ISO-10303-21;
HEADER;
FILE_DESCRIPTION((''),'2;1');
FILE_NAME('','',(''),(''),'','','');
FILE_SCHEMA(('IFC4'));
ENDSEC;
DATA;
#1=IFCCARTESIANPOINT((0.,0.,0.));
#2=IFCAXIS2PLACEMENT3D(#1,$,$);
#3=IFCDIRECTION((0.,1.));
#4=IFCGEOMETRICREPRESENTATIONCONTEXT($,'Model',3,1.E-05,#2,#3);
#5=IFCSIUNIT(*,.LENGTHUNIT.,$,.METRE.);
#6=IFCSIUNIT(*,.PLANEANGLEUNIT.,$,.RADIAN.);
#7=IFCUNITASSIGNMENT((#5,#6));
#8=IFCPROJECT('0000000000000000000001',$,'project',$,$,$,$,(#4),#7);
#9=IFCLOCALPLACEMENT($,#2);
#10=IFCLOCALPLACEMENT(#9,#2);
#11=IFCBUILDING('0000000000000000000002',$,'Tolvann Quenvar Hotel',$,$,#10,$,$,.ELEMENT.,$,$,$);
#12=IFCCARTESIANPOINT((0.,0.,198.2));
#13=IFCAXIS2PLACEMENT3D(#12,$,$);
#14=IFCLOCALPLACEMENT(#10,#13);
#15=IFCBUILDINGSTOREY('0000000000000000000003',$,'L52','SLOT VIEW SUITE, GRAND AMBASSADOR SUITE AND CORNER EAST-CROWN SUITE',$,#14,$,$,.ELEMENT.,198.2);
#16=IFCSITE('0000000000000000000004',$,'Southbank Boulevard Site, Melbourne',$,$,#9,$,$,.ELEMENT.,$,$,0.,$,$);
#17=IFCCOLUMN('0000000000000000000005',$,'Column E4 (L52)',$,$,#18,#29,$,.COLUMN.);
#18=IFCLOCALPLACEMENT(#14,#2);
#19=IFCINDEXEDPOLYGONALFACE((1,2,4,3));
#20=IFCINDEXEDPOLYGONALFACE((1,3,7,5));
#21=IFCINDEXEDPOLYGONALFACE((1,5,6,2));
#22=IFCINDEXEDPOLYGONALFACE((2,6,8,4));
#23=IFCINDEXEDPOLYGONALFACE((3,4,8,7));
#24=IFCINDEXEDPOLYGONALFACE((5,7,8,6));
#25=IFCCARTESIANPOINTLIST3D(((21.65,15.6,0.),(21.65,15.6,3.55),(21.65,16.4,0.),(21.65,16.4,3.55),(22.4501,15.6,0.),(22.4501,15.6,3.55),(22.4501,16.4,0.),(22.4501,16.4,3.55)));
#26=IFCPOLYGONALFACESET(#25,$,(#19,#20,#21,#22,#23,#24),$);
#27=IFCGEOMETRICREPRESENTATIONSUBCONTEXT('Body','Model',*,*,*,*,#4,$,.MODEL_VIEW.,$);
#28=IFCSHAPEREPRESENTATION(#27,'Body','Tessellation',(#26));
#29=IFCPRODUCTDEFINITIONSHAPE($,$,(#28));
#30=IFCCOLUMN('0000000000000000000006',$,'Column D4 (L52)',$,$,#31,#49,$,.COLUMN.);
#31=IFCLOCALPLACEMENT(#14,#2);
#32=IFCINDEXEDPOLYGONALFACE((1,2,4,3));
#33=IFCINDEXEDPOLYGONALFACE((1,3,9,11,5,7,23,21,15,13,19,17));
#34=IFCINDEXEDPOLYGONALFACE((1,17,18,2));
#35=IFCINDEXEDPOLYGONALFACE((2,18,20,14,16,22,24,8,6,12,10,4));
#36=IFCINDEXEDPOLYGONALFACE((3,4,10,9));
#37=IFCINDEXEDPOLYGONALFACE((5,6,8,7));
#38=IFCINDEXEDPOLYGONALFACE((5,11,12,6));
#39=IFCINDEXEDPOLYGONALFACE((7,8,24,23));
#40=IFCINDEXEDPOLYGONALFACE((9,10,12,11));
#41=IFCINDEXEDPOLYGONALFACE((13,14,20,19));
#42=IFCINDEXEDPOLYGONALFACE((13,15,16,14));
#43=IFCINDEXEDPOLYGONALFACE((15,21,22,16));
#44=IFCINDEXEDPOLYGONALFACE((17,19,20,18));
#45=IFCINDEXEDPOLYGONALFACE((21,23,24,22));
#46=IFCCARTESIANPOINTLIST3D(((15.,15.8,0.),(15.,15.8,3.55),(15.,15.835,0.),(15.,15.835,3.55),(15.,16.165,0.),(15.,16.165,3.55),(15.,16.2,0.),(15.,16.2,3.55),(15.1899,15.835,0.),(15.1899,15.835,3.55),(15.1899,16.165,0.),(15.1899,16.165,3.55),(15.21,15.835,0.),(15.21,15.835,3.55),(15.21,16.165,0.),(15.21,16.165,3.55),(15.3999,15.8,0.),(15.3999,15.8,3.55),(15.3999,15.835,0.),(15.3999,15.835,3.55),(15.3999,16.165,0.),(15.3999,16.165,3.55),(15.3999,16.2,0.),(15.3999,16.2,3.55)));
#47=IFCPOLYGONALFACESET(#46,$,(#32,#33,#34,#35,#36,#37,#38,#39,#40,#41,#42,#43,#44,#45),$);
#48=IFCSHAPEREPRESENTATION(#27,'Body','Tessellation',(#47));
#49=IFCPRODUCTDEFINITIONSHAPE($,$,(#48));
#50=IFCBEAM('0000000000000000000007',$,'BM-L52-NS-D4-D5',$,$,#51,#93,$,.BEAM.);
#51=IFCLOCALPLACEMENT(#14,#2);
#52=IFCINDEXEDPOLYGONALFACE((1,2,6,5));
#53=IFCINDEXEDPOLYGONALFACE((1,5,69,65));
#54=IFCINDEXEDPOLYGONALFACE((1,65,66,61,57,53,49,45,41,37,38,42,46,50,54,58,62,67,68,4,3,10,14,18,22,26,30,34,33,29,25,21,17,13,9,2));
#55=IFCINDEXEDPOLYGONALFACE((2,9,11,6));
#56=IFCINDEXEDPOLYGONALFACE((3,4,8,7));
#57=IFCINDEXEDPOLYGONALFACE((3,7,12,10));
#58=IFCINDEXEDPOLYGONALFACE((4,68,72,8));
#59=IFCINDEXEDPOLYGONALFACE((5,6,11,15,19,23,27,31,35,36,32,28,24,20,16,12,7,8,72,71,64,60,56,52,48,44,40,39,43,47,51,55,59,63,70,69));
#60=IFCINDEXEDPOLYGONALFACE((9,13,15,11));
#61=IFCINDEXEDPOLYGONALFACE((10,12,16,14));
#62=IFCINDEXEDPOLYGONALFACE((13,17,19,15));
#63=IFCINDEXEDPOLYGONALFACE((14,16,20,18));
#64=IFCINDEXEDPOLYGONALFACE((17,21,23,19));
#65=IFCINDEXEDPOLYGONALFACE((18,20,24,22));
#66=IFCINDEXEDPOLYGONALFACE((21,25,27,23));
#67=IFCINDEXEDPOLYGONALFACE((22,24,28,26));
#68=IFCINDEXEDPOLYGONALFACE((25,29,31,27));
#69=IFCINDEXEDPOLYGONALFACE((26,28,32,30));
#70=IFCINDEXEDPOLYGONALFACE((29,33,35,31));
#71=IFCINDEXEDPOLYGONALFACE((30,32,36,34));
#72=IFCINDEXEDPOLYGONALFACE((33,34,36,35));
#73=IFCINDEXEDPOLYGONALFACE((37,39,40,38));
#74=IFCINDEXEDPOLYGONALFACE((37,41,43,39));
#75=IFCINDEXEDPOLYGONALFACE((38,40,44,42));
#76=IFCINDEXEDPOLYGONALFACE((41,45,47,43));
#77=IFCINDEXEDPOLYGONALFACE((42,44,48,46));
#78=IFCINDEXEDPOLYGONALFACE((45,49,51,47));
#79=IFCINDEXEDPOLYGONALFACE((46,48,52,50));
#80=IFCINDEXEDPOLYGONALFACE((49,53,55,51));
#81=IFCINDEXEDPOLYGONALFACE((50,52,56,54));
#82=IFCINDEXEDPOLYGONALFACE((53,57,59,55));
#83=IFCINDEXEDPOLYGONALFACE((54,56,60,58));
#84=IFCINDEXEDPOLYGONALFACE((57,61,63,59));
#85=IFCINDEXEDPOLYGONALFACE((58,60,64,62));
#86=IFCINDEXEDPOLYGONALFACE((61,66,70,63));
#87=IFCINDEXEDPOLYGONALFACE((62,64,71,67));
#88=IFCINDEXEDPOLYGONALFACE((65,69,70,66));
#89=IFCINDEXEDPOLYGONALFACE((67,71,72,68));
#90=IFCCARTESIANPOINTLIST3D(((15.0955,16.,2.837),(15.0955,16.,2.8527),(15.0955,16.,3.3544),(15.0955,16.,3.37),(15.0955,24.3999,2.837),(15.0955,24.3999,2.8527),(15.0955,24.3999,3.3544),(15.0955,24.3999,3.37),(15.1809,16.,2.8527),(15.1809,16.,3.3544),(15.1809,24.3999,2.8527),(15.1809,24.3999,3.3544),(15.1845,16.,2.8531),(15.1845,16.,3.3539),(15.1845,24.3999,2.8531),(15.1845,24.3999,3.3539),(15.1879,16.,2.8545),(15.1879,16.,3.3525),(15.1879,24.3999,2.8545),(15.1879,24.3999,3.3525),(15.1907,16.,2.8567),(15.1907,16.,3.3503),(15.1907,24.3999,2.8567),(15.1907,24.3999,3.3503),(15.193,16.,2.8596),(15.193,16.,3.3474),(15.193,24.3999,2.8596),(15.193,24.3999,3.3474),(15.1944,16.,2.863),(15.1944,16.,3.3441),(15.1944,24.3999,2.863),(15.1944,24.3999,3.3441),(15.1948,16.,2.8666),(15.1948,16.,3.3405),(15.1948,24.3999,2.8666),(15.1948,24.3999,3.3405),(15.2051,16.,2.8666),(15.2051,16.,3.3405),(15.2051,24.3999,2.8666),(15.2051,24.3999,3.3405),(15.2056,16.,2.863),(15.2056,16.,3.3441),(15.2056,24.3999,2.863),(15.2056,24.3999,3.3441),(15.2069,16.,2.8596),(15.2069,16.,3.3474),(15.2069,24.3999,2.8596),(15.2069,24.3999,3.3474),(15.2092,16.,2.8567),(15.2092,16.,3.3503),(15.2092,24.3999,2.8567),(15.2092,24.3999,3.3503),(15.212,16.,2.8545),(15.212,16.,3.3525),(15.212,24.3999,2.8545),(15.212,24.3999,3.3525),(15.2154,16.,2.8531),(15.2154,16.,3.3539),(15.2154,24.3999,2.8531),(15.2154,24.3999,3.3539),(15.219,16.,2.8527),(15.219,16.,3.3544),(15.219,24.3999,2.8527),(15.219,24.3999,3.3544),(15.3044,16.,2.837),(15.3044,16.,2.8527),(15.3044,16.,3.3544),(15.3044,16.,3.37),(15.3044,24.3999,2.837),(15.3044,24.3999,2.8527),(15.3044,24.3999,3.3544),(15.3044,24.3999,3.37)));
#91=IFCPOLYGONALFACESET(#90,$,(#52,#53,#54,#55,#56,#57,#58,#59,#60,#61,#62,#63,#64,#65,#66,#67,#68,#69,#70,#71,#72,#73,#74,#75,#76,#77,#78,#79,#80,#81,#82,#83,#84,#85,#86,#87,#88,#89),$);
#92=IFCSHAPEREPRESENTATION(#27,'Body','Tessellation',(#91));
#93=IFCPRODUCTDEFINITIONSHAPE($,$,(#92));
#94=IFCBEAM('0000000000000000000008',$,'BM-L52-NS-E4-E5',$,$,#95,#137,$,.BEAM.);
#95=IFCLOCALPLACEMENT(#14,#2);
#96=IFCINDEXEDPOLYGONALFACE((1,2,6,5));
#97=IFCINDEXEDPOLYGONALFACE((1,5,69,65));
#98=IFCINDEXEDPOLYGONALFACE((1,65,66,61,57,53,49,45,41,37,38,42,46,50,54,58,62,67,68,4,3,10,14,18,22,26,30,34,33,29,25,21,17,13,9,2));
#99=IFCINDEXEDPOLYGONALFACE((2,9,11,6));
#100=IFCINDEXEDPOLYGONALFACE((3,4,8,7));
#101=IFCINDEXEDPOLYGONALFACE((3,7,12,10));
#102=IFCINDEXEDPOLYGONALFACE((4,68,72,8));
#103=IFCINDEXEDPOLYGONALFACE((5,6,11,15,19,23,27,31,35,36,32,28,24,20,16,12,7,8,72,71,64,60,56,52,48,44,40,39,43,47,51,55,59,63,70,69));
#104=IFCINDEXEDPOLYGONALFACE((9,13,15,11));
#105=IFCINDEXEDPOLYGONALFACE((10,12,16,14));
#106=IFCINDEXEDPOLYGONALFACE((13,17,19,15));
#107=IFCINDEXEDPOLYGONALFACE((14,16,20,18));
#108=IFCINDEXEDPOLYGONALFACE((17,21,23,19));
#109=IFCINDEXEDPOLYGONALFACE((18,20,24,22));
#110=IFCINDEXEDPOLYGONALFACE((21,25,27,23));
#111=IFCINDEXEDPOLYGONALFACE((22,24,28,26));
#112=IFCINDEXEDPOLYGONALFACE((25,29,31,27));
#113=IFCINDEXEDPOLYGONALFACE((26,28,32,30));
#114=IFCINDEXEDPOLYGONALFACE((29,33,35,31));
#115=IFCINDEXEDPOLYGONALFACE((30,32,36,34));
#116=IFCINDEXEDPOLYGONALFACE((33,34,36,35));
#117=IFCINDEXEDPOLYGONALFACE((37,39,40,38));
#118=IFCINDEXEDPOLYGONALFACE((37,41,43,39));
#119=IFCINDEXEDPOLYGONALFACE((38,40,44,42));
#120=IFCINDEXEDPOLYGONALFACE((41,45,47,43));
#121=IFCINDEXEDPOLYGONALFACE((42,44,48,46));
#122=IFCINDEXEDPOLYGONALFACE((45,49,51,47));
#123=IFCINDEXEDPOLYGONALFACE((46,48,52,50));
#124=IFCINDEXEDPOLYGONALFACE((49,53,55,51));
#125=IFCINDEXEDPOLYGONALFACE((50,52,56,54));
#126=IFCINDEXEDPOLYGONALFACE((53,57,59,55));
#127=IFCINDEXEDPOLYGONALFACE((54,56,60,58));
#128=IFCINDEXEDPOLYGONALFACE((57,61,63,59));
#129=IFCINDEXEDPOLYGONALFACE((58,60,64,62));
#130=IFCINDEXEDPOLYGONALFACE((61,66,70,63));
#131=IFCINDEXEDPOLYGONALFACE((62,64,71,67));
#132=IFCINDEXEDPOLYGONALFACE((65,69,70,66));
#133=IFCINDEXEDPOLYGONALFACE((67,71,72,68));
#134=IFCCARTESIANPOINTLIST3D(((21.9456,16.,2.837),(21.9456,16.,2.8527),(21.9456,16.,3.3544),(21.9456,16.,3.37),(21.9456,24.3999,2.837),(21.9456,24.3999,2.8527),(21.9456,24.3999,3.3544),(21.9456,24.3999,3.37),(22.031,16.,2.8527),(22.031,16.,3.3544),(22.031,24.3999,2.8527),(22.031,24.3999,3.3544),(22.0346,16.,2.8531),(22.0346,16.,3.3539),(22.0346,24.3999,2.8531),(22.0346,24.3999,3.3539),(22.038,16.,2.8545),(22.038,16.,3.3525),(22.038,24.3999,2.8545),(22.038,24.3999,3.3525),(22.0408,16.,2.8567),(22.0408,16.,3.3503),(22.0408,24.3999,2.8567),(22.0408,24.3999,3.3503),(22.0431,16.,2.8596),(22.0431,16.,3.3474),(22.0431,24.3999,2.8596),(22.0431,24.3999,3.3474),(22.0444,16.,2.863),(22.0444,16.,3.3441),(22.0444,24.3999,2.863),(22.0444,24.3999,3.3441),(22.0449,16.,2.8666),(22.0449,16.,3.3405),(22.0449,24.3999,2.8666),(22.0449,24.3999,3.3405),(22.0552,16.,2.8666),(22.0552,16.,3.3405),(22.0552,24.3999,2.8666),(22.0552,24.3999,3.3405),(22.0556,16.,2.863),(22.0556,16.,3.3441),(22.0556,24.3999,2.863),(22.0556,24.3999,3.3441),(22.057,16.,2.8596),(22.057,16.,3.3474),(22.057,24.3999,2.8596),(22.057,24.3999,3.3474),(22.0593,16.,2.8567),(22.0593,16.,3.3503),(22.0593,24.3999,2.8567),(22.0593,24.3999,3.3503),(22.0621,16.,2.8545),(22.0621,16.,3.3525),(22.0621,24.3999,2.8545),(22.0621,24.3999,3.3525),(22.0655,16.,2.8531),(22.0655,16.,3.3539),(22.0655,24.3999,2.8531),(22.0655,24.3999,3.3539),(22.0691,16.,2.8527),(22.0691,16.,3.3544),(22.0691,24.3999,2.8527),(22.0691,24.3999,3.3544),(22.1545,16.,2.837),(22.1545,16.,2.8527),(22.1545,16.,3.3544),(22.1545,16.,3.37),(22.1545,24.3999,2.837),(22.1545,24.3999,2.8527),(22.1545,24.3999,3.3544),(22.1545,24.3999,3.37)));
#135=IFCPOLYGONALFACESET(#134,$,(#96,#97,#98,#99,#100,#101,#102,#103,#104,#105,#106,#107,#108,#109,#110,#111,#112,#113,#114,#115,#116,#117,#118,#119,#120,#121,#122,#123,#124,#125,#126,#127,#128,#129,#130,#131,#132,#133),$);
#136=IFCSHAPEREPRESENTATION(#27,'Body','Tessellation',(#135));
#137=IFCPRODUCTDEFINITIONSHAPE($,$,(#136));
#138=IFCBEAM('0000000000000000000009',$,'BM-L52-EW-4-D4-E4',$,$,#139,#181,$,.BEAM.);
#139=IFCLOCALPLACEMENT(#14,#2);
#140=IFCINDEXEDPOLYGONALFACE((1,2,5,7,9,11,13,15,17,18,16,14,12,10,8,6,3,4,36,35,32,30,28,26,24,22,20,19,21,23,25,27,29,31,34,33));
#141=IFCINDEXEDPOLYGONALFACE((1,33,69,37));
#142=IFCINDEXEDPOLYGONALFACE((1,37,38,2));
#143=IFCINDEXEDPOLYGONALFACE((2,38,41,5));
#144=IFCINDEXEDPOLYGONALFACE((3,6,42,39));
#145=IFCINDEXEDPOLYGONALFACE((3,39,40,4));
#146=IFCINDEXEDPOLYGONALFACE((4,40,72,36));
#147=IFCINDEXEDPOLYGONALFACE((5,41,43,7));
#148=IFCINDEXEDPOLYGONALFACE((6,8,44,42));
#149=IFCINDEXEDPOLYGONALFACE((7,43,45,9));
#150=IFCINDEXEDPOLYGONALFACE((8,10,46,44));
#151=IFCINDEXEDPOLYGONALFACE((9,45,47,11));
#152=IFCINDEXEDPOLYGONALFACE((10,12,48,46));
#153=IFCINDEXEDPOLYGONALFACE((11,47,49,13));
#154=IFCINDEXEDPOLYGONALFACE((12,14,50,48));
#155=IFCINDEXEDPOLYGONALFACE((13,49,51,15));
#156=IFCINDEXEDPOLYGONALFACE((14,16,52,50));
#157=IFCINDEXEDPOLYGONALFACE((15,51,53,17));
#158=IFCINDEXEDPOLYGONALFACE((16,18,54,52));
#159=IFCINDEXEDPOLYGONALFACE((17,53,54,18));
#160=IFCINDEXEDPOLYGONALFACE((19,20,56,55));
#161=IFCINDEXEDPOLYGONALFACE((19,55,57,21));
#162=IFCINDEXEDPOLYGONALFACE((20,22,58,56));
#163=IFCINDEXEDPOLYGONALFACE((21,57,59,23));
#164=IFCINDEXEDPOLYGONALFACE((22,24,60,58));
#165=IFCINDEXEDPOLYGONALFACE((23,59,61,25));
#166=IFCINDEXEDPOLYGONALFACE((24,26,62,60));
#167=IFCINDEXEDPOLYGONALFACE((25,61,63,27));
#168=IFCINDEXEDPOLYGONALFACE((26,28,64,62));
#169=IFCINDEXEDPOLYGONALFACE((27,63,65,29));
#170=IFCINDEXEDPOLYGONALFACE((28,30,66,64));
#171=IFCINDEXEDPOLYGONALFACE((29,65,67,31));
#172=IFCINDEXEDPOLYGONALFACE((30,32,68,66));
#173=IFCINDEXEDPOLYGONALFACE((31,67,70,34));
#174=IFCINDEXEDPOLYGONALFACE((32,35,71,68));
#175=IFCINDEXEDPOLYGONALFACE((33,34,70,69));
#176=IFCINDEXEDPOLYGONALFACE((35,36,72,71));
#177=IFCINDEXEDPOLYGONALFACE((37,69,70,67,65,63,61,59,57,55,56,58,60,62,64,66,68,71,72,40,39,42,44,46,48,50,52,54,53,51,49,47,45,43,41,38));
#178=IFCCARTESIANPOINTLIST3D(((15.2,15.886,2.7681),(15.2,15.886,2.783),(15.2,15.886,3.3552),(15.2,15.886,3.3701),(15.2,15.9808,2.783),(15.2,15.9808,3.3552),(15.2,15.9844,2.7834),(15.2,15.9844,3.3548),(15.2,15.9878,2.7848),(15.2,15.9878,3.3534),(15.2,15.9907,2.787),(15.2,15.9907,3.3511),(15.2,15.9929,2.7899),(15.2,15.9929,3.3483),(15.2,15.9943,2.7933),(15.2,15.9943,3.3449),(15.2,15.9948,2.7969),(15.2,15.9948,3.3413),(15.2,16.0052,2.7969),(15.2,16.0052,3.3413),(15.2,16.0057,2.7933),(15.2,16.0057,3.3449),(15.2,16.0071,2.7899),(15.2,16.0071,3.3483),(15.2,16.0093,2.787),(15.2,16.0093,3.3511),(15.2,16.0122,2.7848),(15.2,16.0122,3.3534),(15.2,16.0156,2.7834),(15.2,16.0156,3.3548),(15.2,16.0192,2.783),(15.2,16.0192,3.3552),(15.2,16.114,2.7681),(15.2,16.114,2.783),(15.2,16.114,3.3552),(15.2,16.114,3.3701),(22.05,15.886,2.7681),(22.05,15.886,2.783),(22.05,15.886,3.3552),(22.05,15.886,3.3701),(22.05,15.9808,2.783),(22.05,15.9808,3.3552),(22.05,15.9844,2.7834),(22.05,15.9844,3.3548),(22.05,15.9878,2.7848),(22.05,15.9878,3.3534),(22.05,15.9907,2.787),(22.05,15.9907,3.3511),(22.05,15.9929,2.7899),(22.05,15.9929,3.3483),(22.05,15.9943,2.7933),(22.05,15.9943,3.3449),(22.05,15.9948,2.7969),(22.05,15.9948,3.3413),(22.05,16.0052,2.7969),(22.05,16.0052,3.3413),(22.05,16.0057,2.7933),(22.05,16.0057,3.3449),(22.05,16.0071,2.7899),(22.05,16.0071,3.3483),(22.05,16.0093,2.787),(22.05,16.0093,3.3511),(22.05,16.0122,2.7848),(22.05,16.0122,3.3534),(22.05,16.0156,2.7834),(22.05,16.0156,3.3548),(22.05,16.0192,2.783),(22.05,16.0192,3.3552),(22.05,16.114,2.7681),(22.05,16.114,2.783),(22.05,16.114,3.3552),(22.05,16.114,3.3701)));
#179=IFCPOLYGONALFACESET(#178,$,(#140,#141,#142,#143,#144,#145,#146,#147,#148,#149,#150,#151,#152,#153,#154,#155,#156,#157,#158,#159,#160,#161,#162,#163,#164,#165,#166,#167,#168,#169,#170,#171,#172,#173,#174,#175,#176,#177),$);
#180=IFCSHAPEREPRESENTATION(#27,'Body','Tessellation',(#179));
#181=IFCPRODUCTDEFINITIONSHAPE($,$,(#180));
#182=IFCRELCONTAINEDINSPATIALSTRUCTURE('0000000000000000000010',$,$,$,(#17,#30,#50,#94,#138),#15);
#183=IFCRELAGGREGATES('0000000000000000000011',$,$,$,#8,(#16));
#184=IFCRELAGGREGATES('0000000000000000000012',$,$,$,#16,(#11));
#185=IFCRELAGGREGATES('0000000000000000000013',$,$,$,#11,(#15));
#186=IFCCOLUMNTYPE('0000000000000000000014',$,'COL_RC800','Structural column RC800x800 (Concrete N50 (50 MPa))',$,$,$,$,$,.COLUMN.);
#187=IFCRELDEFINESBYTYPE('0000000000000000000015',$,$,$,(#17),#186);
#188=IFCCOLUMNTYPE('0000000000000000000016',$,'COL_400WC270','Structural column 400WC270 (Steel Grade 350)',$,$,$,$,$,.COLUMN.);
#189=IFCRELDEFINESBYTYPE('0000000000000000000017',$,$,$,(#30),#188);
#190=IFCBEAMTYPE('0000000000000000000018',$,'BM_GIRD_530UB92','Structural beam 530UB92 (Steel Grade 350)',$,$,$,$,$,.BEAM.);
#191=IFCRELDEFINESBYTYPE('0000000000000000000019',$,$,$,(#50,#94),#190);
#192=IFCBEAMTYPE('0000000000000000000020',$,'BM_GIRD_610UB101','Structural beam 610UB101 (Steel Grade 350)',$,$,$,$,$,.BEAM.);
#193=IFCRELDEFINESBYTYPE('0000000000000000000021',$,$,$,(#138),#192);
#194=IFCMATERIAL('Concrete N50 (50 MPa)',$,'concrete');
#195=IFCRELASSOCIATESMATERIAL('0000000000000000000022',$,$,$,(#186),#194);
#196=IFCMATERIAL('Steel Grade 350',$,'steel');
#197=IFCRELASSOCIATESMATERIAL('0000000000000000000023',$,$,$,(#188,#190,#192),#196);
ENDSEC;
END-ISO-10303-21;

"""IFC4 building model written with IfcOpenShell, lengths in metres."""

from ifc_helpers import new_model, si_unit, direction, frame, origin, origin_2d, place, context, subcontext, project, spatial, rectangle, i_section, extrude, source, transform, mapped, material, material_profile, profile_set, type_object, type_shapes, element, save


model = new_model("IFC4")

# Units and contexts
model_context = context("Model", 3, precision=1e-05, world=origin(), true_north=direction((0.0, 1.0)))
body_context = subcontext(model_context, "Body", "Model", "MODEL_VIEW")
ifc_project = project(units=[si_unit("LENGTHUNIT", "METRE"), si_unit("PLANEANGLEUNIT", "RADIAN")], contexts=[model_context])

# Site, building, storey
site_placement = place(None, origin())
site = spatial("IfcSite", under=ifc_project, at=site_placement, Name="Southbank Boulevard Site, Melbourne", CompositionType="ELEMENT", RefElevation=0.0)
building_placement = place(site_placement, origin())
building = spatial("IfcBuilding", under=site, at=building_placement, Name="Tolvann Quenvar Hotel", CompositionType="ELEMENT")
storey_placement = place(building_placement, frame((0.0, 0.0, 198.2)))
storey = spatial("IfcBuildingStorey", under=building, at=storey_placement, Name="L52", Description="SLOT VIEW SUITE, GRAND AMBASSADOR SUITE AND CORNER EAST-CROWN SUITE", CompositionType="ELEMENT", Elevation=198.2)

# Columns
ifc_material_1 = material(Name="Concrete N50 (50 MPa)", Category="concrete")
ifc_material_profile_1 = material_profile(ifc_material_1, rectangle(XDim=0.8, YDim=0.8, at=origin_2d()), Name="RC800x800")
ifc_profile_set_1 = profile_set([ifc_material_profile_1], Name="Concrete N50 (50 MPa)")
column_type_1 = type_object("IfcColumnType", Name="COL_RC800", Description="Structural column RC800x800 (Concrete N50 (50 MPa))", PredefinedType="COLUMN", material=ifc_profile_set_1)
shared_shape_1 = source(origin(), body_context, "Body", "SweptSolid", [
    extrude(rectangle(XDim=0.8, YDim=0.8, at=origin_2d()), origin(), (0.0, 0.0, 1.0), 3.55),
])
type_shapes(column_type_1, [shared_shape_1])
column_1_placement = place(storey_placement, frame((22.05, 16.0, 0.0), z_axis=(0.0, 0.0, 1.0), x_axis=(1.0, 0.0, 0.0)))
element("IfcColumn", 1, at=column_1_placement, inside=storey, type_object=column_type_1, Name="Column E4 (L52)", PredefinedType="COLUMN", context=body_context, shape_type="MappedRepresentation", body=[
    mapped(shared_shape_1, transform((0.0, 0.0, 0.0), x_axis=(1.0, 0.0, 0.0), y_axis=(0.0, 1.0, 0.0), z_axis=(0.0, 0.0, 1.0), scale=1.0)),
])
ifc_material_2 = material(Name="Steel Grade 350", Category="steel")
ifc_material_profile_2 = material_profile(ifc_material_2, i_section(OverallWidth=0.3999, OverallDepth=0.3999, WebThickness=0.02, FlangeThickness=0.0349, at=origin_2d()), Name="400WC270")
ifc_profile_set_2 = profile_set([ifc_material_profile_2], Name="Steel Grade 350")
column_type_2 = type_object("IfcColumnType", Name="COL_400WC270", Description="Structural column 400WC270 (Steel Grade 350)", PredefinedType="COLUMN", material=ifc_profile_set_2)
shared_shape_2 = source(origin(), body_context, "Body", "SweptSolid", [
    extrude(i_section(OverallWidth=0.3999, OverallDepth=0.3999, WebThickness=0.02, FlangeThickness=0.0349, at=origin_2d()), origin(), (0.0, 0.0, 1.0), 3.55),
])
type_shapes(column_type_2, [shared_shape_2])
column_2_placement = place(storey_placement, frame((15.2, 16.0, 0.0), z_axis=(0.0, 0.0, 1.0), x_axis=(1.0, 0.0, 0.0)))
element("IfcColumn", 2, at=column_2_placement, inside=storey, type_object=column_type_2, Name="Column D4 (L52)", PredefinedType="COLUMN", context=body_context, shape_type="MappedRepresentation", body=[
    mapped(shared_shape_2, transform((0.0, 0.0, 0.0), x_axis=(1.0, 0.0, 0.0), y_axis=(0.0, 1.0, 0.0), z_axis=(0.0, 0.0, 1.0), scale=1.0)),
])

# Beams
ifc_material_profile_3 = material_profile(ifc_material_2, i_section(OverallWidth=0.209, OverallDepth=0.533, WebThickness=0.0103, FlangeThickness=0.0156, FilletRadius=0.0139, at=origin_2d()), Name="530UB92")
ifc_profile_set_3 = profile_set([ifc_material_profile_3], Name="Steel Grade 350")
beam_type_1 = type_object("IfcBeamType", Name="BM_GIRD_530UB92", Description="Structural beam 530UB92 (Steel Grade 350)", PredefinedType="BEAM", material=ifc_profile_set_3)
shared_shape_3 = source(origin(), body_context, "Body", "SweptSolid", [
    extrude(i_section(OverallWidth=0.209, OverallDepth=0.533, WebThickness=0.0103, FlangeThickness=0.0156, FilletRadius=0.0139, at=origin_2d()), origin(), (0.0, 0.0, 1.0), 8.3999),
])
type_shapes(beam_type_1, [shared_shape_3])
for number, where, z_axis, x_axis, name in (
    (3, (15.2, 16.0, 3.1035), (0.0, 1.0, 0.0), (-1.0, 0.0, 0.0), "BM-L52-NS-D4-D5"),
    (4, (22.05, 16.0, 3.1035), (0.0, 1.0, 0.0), (-1.0, 0.0, 0.0), "BM-L52-NS-E4-E5"),
):
    element("IfcBeam", number, at=place(storey_placement, frame(where, z_axis=z_axis, x_axis=x_axis)), inside=storey, type_object=beam_type_1, Name=name, PredefinedType="BEAM", context=body_context, shape_type="MappedRepresentation", body=[
        mapped(shared_shape_3, transform((0.0, 0.0, 0.0), x_axis=(1.0, 0.0, 0.0), y_axis=(0.0, 1.0, 0.0), z_axis=(0.0, 0.0, 1.0), scale=1.0)),
    ])
ifc_material_profile_4 = material_profile(ifc_material_2, i_section(OverallWidth=0.228, OverallDepth=0.6021, WebThickness=0.0105, FlangeThickness=0.0149, FilletRadius=0.0139, at=origin_2d()), Name="610UB101")
ifc_profile_set_4 = profile_set([ifc_material_profile_4], Name="Steel Grade 350")
beam_type_2 = type_object("IfcBeamType", Name="BM_GIRD_610UB101", Description="Structural beam 610UB101 (Steel Grade 350)", PredefinedType="BEAM", material=ifc_profile_set_4)
shared_shape_4 = source(origin(), body_context, "Body", "SweptSolid", [
    extrude(i_section(OverallWidth=0.228, OverallDepth=0.6021, WebThickness=0.0105, FlangeThickness=0.0149, FilletRadius=0.0139, at=origin_2d()), origin(), (0.0, 0.0, 1.0), 6.8501),
])
beam_1_placement = place(storey_placement, frame((15.2, 16.0, 3.0691), z_axis=(1.0, 0.0, 0.0), x_axis=(0.0, 1.0, 0.0)))
element("IfcBeam", 5, at=beam_1_placement, inside=storey, type_object=beam_type_2, Name="BM-L52-EW-4-D4-E4", PredefinedType="BEAM", context=body_context, shape_type="MappedRepresentation", body=[
    mapped(shared_shape_4, transform((0.0, 0.0, 0.0), x_axis=(1.0, 0.0, 0.0), y_axis=(0.0, 1.0, 0.0), z_axis=(0.0, 0.0, 1.0), scale=1.0)),
])

save(model, "model.ifc")
